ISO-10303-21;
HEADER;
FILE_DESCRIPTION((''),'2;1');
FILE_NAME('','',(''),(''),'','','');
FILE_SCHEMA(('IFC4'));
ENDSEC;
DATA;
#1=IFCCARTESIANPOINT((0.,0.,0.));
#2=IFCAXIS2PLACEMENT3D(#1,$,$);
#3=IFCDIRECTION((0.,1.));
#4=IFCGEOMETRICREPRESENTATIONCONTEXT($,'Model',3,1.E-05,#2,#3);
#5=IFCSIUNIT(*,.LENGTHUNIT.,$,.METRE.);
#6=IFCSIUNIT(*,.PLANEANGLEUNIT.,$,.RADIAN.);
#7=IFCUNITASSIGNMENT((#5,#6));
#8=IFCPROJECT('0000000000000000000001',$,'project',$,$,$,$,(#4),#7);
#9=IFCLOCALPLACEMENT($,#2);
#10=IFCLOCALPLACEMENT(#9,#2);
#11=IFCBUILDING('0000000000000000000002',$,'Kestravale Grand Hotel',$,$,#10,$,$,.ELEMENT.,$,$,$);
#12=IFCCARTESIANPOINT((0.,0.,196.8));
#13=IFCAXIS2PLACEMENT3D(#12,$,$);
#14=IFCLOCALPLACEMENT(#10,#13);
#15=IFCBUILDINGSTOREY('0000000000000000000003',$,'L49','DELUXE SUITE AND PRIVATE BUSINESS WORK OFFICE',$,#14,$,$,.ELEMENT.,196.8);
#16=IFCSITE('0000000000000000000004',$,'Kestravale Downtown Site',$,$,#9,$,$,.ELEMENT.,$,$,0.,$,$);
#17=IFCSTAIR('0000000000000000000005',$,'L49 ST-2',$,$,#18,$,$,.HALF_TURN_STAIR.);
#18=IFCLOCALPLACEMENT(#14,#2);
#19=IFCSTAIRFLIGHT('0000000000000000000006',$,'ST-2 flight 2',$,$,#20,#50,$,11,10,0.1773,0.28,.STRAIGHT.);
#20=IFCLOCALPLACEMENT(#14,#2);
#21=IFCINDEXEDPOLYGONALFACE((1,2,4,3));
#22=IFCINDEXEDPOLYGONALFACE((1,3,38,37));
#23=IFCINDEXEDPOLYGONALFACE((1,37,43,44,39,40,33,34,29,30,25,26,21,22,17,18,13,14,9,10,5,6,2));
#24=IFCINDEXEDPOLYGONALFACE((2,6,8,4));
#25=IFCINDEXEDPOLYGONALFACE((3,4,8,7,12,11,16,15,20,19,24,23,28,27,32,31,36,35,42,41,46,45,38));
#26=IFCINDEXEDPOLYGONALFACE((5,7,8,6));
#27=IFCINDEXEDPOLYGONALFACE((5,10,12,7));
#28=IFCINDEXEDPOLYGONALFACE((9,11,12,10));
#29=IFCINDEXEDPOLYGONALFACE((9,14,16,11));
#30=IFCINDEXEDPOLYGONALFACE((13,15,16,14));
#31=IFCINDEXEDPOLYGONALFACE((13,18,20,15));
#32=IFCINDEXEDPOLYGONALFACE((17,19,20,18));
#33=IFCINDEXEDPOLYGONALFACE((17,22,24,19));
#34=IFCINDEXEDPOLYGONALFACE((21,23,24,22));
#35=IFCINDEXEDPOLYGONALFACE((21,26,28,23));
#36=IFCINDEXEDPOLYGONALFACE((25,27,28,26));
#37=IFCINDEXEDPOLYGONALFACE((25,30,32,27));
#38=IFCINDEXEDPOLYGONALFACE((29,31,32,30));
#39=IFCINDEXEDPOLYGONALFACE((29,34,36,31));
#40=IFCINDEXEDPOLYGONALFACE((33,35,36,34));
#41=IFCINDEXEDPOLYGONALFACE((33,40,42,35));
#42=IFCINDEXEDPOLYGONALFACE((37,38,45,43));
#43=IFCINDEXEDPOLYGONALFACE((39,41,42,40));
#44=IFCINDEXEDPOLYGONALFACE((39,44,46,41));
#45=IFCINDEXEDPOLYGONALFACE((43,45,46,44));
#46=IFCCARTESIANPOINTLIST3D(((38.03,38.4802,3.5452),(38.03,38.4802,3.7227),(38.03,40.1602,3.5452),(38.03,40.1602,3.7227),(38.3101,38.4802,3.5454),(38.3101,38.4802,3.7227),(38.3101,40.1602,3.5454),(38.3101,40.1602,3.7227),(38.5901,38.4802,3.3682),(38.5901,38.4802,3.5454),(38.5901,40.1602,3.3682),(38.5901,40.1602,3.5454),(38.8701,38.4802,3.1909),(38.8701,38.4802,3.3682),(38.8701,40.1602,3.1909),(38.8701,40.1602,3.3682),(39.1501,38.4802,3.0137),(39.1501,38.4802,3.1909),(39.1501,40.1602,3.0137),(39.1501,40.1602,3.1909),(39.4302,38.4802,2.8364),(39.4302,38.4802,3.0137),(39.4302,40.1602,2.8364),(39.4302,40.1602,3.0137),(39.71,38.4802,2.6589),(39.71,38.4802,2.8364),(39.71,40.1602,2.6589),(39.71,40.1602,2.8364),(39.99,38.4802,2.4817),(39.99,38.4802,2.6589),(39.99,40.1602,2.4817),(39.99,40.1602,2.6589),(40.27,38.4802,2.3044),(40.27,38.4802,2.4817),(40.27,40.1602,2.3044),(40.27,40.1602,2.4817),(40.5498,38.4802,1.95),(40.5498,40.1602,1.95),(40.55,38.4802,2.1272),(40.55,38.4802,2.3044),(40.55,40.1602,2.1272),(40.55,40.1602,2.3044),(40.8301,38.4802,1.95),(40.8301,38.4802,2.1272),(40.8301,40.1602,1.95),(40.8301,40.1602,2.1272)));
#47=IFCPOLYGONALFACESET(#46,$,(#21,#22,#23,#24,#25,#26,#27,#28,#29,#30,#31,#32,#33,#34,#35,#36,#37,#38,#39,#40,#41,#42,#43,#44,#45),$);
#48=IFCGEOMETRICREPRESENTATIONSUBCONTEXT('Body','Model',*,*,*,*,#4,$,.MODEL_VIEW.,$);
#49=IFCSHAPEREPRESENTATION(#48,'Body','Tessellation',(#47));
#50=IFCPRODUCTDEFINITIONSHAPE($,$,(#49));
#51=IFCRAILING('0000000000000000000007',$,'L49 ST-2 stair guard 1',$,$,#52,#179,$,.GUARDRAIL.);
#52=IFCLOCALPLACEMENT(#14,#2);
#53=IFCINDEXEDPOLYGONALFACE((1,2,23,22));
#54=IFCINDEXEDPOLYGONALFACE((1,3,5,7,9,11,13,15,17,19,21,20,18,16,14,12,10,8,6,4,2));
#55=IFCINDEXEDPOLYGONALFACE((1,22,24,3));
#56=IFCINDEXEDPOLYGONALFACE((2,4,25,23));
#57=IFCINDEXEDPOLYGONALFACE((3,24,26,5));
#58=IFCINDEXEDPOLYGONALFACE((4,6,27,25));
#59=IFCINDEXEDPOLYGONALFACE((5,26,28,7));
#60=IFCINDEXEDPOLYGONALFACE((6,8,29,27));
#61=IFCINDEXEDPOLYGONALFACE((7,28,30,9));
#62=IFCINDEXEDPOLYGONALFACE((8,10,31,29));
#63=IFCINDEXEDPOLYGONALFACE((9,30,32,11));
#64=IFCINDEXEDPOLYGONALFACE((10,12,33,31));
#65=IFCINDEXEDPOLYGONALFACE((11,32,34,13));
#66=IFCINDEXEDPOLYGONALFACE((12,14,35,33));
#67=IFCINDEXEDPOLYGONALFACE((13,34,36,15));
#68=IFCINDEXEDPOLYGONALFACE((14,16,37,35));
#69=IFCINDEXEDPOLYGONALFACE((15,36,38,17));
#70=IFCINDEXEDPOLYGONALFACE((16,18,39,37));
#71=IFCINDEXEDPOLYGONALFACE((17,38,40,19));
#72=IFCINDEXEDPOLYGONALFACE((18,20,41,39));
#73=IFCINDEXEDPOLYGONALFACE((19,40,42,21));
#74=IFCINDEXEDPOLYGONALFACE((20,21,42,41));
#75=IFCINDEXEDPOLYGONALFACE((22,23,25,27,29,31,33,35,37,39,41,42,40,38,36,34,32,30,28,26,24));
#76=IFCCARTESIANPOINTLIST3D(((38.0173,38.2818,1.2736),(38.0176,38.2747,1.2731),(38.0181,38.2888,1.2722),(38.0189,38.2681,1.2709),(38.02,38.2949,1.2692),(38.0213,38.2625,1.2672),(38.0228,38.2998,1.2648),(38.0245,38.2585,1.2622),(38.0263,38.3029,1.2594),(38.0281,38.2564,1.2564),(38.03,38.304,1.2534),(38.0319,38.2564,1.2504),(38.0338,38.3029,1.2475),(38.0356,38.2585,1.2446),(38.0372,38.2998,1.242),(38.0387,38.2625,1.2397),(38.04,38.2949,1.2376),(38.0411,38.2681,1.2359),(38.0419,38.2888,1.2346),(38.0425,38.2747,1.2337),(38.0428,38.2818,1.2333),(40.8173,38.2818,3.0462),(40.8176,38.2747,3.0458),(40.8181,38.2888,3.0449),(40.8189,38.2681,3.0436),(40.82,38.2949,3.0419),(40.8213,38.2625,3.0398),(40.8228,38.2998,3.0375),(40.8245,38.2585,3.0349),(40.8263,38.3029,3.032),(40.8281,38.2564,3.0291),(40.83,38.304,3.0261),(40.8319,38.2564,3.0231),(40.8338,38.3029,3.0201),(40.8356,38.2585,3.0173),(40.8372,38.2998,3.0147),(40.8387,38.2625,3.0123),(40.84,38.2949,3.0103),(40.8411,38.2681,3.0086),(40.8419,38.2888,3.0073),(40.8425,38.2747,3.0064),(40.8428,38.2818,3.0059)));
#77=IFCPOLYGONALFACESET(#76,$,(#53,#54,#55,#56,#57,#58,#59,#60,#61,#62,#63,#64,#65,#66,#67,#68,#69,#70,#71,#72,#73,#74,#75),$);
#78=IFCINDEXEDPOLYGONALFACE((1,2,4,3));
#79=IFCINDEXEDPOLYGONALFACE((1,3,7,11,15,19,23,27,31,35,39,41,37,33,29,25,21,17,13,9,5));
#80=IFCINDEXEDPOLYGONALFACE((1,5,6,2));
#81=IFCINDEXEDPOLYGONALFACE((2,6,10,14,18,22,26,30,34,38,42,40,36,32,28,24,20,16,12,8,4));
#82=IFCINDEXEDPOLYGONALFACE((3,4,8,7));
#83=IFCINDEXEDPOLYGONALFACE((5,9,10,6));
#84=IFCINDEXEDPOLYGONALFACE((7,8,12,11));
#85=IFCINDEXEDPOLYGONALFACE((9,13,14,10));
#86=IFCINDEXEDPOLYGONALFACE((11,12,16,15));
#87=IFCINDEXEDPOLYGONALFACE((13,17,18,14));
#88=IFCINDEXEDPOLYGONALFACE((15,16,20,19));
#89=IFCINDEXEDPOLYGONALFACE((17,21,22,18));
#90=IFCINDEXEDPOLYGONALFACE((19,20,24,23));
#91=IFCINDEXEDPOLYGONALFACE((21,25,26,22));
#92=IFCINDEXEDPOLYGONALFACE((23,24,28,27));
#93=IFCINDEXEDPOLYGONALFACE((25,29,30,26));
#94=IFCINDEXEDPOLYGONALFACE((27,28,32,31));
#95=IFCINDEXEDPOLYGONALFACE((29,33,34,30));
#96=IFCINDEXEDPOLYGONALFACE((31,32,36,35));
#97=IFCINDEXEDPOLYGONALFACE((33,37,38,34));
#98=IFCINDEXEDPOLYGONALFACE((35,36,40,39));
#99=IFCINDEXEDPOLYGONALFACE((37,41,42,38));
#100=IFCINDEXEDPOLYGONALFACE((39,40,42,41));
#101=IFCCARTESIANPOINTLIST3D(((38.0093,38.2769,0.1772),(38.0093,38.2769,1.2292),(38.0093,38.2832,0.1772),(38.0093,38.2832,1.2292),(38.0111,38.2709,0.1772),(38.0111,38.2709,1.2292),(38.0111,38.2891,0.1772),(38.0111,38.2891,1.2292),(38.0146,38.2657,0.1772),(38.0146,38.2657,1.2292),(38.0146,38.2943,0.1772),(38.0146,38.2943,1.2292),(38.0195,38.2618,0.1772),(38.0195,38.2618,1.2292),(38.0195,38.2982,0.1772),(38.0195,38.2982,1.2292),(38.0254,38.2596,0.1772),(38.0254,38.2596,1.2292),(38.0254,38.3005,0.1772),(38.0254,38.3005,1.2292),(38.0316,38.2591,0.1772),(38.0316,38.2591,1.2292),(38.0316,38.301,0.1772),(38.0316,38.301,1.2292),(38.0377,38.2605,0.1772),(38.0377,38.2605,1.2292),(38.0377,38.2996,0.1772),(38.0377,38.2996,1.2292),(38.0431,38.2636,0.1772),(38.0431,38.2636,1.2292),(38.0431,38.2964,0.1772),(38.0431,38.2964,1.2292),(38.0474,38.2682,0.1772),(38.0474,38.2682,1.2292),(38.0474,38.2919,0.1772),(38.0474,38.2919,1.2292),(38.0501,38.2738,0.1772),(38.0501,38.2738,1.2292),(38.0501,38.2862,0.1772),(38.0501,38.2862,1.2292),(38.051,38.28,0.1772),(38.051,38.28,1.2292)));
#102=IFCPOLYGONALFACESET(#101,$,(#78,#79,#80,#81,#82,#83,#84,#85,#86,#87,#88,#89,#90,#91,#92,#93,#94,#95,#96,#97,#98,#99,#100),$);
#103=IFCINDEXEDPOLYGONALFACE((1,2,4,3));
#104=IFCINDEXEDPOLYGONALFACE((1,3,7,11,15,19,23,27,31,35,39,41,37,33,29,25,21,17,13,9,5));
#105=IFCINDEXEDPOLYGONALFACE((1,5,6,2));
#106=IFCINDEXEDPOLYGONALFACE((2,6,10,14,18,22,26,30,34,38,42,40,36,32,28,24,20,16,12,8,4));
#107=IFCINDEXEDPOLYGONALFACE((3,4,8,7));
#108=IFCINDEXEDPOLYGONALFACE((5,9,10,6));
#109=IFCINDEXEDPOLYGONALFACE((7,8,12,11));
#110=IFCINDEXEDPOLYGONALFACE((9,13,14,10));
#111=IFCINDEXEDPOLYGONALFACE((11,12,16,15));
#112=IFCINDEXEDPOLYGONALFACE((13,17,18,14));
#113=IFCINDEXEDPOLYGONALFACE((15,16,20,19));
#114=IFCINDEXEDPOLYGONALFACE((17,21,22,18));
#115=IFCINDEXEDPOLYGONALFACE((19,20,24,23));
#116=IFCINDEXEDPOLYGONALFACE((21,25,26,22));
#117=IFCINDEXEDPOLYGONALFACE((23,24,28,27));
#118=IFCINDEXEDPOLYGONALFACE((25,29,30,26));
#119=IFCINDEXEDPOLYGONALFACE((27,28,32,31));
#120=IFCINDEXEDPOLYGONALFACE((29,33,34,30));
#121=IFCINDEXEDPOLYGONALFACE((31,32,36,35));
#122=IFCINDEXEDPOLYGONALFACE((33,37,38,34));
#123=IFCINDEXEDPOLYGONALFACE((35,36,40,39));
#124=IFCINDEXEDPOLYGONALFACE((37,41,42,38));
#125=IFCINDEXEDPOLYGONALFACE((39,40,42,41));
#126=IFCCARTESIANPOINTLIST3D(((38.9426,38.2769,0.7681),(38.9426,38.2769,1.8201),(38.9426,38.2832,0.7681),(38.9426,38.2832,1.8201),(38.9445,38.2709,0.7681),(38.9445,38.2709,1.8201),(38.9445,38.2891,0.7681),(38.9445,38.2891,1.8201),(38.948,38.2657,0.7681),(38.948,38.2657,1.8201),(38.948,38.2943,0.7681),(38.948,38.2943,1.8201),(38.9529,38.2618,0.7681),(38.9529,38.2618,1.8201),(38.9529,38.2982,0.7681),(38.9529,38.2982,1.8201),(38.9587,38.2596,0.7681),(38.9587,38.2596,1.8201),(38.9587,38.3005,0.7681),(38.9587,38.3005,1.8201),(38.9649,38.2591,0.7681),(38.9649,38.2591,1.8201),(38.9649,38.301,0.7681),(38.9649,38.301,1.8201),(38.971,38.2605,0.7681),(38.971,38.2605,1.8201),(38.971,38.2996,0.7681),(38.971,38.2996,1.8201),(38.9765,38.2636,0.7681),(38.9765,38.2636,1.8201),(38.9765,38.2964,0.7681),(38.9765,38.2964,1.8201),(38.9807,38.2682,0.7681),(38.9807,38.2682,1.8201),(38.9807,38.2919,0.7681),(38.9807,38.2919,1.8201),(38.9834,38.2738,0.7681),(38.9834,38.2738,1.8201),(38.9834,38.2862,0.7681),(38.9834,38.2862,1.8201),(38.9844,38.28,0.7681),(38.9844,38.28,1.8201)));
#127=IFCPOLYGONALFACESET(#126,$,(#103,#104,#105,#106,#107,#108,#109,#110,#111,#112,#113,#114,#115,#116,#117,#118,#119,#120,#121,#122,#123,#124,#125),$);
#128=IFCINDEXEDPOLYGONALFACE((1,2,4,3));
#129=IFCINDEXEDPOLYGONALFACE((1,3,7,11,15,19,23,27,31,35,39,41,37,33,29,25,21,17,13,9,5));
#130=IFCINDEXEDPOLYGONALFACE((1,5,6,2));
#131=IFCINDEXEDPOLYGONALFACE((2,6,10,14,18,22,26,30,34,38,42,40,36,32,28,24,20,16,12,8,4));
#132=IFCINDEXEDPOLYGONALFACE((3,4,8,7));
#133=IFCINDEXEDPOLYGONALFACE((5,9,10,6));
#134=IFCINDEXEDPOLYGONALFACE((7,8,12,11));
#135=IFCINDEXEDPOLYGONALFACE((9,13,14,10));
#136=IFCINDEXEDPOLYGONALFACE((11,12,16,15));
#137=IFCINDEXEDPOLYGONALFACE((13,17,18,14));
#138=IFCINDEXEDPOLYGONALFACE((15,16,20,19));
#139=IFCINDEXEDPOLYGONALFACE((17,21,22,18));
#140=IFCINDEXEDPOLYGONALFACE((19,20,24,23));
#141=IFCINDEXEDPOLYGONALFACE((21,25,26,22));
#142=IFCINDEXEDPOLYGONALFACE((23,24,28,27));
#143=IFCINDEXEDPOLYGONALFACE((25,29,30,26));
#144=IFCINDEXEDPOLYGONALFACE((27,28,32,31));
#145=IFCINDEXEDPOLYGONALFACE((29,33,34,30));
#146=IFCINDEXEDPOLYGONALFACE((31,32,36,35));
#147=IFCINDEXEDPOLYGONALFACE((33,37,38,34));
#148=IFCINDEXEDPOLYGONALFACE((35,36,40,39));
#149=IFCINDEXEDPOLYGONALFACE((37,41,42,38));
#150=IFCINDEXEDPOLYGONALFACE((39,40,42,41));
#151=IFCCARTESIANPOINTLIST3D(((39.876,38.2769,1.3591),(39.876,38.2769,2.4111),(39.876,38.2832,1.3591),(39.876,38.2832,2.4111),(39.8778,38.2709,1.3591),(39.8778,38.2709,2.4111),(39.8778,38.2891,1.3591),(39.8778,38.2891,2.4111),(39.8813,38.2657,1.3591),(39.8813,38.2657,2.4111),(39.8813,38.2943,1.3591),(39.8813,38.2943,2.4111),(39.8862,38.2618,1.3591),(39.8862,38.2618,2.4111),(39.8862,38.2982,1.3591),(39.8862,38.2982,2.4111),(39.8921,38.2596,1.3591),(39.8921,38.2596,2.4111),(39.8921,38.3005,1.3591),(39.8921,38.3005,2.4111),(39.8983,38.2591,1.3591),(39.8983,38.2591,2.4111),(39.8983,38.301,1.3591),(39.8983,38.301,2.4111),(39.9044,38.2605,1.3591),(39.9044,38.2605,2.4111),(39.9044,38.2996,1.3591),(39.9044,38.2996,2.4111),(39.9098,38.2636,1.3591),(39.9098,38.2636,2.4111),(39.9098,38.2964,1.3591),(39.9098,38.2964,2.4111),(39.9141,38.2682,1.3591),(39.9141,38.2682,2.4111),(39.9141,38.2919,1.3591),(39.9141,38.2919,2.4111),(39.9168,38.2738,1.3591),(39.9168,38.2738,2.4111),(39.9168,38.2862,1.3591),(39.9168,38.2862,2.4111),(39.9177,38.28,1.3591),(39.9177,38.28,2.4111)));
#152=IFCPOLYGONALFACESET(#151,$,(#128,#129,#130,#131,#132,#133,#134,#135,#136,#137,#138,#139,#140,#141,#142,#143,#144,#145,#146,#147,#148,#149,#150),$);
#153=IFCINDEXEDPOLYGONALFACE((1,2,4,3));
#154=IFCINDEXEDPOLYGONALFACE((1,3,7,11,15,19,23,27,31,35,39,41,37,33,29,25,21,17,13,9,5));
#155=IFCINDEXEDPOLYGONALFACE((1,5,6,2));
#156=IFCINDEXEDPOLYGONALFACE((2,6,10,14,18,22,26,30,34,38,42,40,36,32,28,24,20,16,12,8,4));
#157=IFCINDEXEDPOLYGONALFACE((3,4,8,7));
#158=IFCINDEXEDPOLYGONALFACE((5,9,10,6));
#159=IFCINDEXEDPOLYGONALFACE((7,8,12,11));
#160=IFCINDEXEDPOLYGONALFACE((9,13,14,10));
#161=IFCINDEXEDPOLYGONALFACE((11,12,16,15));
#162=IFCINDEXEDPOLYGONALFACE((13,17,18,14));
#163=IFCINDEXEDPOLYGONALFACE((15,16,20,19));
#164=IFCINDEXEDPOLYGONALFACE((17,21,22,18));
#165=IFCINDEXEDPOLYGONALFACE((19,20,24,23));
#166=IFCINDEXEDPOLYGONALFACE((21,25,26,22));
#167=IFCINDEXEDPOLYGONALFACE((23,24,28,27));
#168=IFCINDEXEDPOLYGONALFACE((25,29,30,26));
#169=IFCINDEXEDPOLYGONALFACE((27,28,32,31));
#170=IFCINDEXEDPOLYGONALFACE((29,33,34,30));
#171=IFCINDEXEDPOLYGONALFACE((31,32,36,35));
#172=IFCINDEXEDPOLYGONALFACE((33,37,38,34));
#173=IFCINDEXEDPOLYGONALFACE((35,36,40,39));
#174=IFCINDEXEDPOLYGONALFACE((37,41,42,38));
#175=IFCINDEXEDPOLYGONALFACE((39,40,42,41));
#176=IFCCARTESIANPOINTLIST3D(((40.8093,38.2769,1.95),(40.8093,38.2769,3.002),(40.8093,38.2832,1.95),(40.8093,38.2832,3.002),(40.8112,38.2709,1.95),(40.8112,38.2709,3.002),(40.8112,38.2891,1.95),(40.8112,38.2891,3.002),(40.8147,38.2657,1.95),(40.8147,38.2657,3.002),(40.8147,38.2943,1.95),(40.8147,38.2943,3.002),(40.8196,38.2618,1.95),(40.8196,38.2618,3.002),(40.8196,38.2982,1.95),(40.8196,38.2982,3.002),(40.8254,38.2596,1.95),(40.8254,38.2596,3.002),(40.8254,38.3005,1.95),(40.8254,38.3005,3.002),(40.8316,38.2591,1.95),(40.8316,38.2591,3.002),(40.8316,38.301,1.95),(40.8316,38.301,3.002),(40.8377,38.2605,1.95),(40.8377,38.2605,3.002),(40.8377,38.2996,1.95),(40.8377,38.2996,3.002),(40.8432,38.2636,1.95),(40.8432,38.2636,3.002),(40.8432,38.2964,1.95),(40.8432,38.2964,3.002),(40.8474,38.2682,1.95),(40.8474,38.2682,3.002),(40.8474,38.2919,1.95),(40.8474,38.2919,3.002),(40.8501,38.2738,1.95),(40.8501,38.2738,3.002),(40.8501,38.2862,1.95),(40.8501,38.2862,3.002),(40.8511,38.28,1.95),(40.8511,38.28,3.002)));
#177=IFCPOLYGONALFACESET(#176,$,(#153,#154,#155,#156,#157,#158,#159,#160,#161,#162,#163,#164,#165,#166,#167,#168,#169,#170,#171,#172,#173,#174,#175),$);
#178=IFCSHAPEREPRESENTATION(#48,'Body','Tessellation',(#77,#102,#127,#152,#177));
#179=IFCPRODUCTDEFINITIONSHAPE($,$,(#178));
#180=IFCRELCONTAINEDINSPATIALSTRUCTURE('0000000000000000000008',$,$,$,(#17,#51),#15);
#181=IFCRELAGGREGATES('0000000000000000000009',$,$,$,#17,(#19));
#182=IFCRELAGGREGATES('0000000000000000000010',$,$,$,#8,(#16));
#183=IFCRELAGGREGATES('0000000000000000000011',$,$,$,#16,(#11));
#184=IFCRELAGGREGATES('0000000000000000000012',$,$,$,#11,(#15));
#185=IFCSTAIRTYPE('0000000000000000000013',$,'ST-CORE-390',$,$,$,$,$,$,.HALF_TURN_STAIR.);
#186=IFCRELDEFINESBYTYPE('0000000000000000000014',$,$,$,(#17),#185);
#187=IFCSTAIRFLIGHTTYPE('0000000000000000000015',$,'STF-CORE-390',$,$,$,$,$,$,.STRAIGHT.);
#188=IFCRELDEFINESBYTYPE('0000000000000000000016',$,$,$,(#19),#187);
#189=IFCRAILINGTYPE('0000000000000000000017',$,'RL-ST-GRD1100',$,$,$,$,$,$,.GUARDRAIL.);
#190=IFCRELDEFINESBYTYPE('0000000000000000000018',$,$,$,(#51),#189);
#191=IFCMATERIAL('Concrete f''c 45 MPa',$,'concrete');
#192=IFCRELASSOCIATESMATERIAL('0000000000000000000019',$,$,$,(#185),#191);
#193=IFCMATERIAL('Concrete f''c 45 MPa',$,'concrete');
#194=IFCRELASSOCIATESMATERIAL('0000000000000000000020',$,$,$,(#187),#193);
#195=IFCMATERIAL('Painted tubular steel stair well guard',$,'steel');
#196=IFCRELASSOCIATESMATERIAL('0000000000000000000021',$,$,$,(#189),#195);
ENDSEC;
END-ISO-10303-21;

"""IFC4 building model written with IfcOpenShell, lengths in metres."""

from ifc_helpers import new_model, si_unit, direction, frame, origin, origin_2d, place, context, subcontext, project, spatial, polyline, circle, outline, extrude, material, type_object, element, aggregate, save


model = new_model("IFC4")

# Units and contexts
model_context = context("Model", 3, precision=1e-05, world=origin(), true_north=direction((0.0, 1.0)))
body_context = subcontext(model_context, "Body", "Model", "MODEL_VIEW")
ifc_project = project(units=[si_unit("LENGTHUNIT", "METRE"), si_unit("PLANEANGLEUNIT", "RADIAN")], contexts=[model_context])

# Site, building, storey
site_placement = place(None, origin())
site = spatial("IfcSite", under=ifc_project, at=site_placement, Name="Kestravale Downtown Site", CompositionType="ELEMENT", RefElevation=0.0)
building_placement = place(site_placement, origin())
building = spatial("IfcBuilding", under=site, at=building_placement, Name="Kestravale Grand Hotel", CompositionType="ELEMENT")
storey_placement = place(building_placement, frame((0.0, 0.0, 196.8)))
storey = spatial("IfcBuildingStorey", under=building, at=storey_placement, Name="L49", Description="DELUXE SUITE AND PRIVATE BUSINESS WORK OFFICE", CompositionType="ELEMENT", Elevation=196.8)

# Stair, stair flight
ifc_material_1 = material(Name="Concrete f'c 45 MPa", Category="concrete")
stair_type = type_object("IfcStairType", Name="ST-CORE-390", PredefinedType="HALF_TURN_STAIR", material=ifc_material_1)
stair_placement = place(storey_placement, origin())
stair = element("IfcStair", 1, at=stair_placement, inside=storey, type_object=stair_type, Name="L49 ST-2", PredefinedType="HALF_TURN_STAIR")
ifc_material_2 = material(Name="Concrete f'c 45 MPa", Category="concrete")
stair_flight_type = type_object("IfcStairFlightType", Name="STF-CORE-390", PredefinedType="STRAIGHT", material=ifc_material_2)
stair_flight_1_placement = place(storey_placement, frame((40.8301, 39.3201, 1.95), z_axis=(0.0, 0.0, 1.0), x_axis=(-1.0, 0.0, 0.0)))
stair_flight_1 = element("IfcStairFlight", 2, at=stair_flight_1_placement, type_object=stair_flight_type, Name="ST-2 flight 2", NumberOfRisers=11, NumberOfTreads=10, PredefinedType="STRAIGHT", RiserHeight=0.1773, TreadLength=0.28, context=body_context, shape_type="SweptSolid", body=[
    extrude(outline(polyline([(0.0, 0.0), (0.0, 0.1772), (0.28, 0.1772), (0.28, 0.3545), (0.5601, 0.3545), (0.5601, 0.5317), (0.8401, 0.5317), (0.8401, 0.709), (1.1201, 0.709), (1.1201, 0.8865), (1.3999, 0.8865), (1.3999, 1.0637), (1.6799, 1.0637), (1.6799, 1.241), (1.96, 1.241), (1.96, 1.4182), (2.24, 1.4182), (2.24, 1.5955), (2.52, 1.5955), (2.52, 1.7727), (2.8, 1.7727), (2.8, 1.95), (2.8, 1.5952), (0.2803, 0.0), (0.0, 0.0)])), frame((0.0, 0.8398, 0.0), z_axis=(0.0, -1.0, 0.0), x_axis=(1.0, 0.0, 0.0)), (0.0, 0.0, 1.0), 1.6799),
])
aggregate(stair, [stair_flight_1])

# Railing
ifc_material_3 = material(Name="Painted tubular steel stair well guard", Category="steel")
railing_type_1 = type_object("IfcRailingType", Name="RL-ST-GRD1100", PredefinedType="GUARDRAIL", material=ifc_material_3)
railing_1_placement = place(storey_placement, frame((38.03, 38.28, 0.1772)))
element("IfcRailing", 3, at=railing_1_placement, inside=storey, type_object=railing_type_1, Name="L49 ST-2 stair guard 1", PredefinedType="GUARDRAIL", context=body_context, shape_type="SweptSolid", body=[
    extrude(circle(Radius=0.0239, at=origin_2d()), frame((0.0, 0.0, 1.0762), z_axis=(0.844909, 0.0, 0.53491), x_axis=(0.0, 1.0, 0.0)), (0.0, 0.0, 1.0), 3.314),
    extrude(circle(Radius=0.021, at=origin_2d()), origin(), (0.0, 0.0, 1.0), 1.052),
    extrude(circle(Radius=0.021, at=origin_2d()), frame((0.9333, 0.0, 0.5908)), (0.0, 0.0, 1.0), 1.052),
    extrude(circle(Radius=0.021, at=origin_2d()), frame((1.8667, 0.0, 1.1819)), (0.0, 0.0, 1.0), 1.052),
    extrude(circle(Radius=0.021, at=origin_2d()), frame((2.8, 0.0, 1.7727)), (0.0, 0.0, 1.0), 1.052),
])

save(model, "model.ifc")
